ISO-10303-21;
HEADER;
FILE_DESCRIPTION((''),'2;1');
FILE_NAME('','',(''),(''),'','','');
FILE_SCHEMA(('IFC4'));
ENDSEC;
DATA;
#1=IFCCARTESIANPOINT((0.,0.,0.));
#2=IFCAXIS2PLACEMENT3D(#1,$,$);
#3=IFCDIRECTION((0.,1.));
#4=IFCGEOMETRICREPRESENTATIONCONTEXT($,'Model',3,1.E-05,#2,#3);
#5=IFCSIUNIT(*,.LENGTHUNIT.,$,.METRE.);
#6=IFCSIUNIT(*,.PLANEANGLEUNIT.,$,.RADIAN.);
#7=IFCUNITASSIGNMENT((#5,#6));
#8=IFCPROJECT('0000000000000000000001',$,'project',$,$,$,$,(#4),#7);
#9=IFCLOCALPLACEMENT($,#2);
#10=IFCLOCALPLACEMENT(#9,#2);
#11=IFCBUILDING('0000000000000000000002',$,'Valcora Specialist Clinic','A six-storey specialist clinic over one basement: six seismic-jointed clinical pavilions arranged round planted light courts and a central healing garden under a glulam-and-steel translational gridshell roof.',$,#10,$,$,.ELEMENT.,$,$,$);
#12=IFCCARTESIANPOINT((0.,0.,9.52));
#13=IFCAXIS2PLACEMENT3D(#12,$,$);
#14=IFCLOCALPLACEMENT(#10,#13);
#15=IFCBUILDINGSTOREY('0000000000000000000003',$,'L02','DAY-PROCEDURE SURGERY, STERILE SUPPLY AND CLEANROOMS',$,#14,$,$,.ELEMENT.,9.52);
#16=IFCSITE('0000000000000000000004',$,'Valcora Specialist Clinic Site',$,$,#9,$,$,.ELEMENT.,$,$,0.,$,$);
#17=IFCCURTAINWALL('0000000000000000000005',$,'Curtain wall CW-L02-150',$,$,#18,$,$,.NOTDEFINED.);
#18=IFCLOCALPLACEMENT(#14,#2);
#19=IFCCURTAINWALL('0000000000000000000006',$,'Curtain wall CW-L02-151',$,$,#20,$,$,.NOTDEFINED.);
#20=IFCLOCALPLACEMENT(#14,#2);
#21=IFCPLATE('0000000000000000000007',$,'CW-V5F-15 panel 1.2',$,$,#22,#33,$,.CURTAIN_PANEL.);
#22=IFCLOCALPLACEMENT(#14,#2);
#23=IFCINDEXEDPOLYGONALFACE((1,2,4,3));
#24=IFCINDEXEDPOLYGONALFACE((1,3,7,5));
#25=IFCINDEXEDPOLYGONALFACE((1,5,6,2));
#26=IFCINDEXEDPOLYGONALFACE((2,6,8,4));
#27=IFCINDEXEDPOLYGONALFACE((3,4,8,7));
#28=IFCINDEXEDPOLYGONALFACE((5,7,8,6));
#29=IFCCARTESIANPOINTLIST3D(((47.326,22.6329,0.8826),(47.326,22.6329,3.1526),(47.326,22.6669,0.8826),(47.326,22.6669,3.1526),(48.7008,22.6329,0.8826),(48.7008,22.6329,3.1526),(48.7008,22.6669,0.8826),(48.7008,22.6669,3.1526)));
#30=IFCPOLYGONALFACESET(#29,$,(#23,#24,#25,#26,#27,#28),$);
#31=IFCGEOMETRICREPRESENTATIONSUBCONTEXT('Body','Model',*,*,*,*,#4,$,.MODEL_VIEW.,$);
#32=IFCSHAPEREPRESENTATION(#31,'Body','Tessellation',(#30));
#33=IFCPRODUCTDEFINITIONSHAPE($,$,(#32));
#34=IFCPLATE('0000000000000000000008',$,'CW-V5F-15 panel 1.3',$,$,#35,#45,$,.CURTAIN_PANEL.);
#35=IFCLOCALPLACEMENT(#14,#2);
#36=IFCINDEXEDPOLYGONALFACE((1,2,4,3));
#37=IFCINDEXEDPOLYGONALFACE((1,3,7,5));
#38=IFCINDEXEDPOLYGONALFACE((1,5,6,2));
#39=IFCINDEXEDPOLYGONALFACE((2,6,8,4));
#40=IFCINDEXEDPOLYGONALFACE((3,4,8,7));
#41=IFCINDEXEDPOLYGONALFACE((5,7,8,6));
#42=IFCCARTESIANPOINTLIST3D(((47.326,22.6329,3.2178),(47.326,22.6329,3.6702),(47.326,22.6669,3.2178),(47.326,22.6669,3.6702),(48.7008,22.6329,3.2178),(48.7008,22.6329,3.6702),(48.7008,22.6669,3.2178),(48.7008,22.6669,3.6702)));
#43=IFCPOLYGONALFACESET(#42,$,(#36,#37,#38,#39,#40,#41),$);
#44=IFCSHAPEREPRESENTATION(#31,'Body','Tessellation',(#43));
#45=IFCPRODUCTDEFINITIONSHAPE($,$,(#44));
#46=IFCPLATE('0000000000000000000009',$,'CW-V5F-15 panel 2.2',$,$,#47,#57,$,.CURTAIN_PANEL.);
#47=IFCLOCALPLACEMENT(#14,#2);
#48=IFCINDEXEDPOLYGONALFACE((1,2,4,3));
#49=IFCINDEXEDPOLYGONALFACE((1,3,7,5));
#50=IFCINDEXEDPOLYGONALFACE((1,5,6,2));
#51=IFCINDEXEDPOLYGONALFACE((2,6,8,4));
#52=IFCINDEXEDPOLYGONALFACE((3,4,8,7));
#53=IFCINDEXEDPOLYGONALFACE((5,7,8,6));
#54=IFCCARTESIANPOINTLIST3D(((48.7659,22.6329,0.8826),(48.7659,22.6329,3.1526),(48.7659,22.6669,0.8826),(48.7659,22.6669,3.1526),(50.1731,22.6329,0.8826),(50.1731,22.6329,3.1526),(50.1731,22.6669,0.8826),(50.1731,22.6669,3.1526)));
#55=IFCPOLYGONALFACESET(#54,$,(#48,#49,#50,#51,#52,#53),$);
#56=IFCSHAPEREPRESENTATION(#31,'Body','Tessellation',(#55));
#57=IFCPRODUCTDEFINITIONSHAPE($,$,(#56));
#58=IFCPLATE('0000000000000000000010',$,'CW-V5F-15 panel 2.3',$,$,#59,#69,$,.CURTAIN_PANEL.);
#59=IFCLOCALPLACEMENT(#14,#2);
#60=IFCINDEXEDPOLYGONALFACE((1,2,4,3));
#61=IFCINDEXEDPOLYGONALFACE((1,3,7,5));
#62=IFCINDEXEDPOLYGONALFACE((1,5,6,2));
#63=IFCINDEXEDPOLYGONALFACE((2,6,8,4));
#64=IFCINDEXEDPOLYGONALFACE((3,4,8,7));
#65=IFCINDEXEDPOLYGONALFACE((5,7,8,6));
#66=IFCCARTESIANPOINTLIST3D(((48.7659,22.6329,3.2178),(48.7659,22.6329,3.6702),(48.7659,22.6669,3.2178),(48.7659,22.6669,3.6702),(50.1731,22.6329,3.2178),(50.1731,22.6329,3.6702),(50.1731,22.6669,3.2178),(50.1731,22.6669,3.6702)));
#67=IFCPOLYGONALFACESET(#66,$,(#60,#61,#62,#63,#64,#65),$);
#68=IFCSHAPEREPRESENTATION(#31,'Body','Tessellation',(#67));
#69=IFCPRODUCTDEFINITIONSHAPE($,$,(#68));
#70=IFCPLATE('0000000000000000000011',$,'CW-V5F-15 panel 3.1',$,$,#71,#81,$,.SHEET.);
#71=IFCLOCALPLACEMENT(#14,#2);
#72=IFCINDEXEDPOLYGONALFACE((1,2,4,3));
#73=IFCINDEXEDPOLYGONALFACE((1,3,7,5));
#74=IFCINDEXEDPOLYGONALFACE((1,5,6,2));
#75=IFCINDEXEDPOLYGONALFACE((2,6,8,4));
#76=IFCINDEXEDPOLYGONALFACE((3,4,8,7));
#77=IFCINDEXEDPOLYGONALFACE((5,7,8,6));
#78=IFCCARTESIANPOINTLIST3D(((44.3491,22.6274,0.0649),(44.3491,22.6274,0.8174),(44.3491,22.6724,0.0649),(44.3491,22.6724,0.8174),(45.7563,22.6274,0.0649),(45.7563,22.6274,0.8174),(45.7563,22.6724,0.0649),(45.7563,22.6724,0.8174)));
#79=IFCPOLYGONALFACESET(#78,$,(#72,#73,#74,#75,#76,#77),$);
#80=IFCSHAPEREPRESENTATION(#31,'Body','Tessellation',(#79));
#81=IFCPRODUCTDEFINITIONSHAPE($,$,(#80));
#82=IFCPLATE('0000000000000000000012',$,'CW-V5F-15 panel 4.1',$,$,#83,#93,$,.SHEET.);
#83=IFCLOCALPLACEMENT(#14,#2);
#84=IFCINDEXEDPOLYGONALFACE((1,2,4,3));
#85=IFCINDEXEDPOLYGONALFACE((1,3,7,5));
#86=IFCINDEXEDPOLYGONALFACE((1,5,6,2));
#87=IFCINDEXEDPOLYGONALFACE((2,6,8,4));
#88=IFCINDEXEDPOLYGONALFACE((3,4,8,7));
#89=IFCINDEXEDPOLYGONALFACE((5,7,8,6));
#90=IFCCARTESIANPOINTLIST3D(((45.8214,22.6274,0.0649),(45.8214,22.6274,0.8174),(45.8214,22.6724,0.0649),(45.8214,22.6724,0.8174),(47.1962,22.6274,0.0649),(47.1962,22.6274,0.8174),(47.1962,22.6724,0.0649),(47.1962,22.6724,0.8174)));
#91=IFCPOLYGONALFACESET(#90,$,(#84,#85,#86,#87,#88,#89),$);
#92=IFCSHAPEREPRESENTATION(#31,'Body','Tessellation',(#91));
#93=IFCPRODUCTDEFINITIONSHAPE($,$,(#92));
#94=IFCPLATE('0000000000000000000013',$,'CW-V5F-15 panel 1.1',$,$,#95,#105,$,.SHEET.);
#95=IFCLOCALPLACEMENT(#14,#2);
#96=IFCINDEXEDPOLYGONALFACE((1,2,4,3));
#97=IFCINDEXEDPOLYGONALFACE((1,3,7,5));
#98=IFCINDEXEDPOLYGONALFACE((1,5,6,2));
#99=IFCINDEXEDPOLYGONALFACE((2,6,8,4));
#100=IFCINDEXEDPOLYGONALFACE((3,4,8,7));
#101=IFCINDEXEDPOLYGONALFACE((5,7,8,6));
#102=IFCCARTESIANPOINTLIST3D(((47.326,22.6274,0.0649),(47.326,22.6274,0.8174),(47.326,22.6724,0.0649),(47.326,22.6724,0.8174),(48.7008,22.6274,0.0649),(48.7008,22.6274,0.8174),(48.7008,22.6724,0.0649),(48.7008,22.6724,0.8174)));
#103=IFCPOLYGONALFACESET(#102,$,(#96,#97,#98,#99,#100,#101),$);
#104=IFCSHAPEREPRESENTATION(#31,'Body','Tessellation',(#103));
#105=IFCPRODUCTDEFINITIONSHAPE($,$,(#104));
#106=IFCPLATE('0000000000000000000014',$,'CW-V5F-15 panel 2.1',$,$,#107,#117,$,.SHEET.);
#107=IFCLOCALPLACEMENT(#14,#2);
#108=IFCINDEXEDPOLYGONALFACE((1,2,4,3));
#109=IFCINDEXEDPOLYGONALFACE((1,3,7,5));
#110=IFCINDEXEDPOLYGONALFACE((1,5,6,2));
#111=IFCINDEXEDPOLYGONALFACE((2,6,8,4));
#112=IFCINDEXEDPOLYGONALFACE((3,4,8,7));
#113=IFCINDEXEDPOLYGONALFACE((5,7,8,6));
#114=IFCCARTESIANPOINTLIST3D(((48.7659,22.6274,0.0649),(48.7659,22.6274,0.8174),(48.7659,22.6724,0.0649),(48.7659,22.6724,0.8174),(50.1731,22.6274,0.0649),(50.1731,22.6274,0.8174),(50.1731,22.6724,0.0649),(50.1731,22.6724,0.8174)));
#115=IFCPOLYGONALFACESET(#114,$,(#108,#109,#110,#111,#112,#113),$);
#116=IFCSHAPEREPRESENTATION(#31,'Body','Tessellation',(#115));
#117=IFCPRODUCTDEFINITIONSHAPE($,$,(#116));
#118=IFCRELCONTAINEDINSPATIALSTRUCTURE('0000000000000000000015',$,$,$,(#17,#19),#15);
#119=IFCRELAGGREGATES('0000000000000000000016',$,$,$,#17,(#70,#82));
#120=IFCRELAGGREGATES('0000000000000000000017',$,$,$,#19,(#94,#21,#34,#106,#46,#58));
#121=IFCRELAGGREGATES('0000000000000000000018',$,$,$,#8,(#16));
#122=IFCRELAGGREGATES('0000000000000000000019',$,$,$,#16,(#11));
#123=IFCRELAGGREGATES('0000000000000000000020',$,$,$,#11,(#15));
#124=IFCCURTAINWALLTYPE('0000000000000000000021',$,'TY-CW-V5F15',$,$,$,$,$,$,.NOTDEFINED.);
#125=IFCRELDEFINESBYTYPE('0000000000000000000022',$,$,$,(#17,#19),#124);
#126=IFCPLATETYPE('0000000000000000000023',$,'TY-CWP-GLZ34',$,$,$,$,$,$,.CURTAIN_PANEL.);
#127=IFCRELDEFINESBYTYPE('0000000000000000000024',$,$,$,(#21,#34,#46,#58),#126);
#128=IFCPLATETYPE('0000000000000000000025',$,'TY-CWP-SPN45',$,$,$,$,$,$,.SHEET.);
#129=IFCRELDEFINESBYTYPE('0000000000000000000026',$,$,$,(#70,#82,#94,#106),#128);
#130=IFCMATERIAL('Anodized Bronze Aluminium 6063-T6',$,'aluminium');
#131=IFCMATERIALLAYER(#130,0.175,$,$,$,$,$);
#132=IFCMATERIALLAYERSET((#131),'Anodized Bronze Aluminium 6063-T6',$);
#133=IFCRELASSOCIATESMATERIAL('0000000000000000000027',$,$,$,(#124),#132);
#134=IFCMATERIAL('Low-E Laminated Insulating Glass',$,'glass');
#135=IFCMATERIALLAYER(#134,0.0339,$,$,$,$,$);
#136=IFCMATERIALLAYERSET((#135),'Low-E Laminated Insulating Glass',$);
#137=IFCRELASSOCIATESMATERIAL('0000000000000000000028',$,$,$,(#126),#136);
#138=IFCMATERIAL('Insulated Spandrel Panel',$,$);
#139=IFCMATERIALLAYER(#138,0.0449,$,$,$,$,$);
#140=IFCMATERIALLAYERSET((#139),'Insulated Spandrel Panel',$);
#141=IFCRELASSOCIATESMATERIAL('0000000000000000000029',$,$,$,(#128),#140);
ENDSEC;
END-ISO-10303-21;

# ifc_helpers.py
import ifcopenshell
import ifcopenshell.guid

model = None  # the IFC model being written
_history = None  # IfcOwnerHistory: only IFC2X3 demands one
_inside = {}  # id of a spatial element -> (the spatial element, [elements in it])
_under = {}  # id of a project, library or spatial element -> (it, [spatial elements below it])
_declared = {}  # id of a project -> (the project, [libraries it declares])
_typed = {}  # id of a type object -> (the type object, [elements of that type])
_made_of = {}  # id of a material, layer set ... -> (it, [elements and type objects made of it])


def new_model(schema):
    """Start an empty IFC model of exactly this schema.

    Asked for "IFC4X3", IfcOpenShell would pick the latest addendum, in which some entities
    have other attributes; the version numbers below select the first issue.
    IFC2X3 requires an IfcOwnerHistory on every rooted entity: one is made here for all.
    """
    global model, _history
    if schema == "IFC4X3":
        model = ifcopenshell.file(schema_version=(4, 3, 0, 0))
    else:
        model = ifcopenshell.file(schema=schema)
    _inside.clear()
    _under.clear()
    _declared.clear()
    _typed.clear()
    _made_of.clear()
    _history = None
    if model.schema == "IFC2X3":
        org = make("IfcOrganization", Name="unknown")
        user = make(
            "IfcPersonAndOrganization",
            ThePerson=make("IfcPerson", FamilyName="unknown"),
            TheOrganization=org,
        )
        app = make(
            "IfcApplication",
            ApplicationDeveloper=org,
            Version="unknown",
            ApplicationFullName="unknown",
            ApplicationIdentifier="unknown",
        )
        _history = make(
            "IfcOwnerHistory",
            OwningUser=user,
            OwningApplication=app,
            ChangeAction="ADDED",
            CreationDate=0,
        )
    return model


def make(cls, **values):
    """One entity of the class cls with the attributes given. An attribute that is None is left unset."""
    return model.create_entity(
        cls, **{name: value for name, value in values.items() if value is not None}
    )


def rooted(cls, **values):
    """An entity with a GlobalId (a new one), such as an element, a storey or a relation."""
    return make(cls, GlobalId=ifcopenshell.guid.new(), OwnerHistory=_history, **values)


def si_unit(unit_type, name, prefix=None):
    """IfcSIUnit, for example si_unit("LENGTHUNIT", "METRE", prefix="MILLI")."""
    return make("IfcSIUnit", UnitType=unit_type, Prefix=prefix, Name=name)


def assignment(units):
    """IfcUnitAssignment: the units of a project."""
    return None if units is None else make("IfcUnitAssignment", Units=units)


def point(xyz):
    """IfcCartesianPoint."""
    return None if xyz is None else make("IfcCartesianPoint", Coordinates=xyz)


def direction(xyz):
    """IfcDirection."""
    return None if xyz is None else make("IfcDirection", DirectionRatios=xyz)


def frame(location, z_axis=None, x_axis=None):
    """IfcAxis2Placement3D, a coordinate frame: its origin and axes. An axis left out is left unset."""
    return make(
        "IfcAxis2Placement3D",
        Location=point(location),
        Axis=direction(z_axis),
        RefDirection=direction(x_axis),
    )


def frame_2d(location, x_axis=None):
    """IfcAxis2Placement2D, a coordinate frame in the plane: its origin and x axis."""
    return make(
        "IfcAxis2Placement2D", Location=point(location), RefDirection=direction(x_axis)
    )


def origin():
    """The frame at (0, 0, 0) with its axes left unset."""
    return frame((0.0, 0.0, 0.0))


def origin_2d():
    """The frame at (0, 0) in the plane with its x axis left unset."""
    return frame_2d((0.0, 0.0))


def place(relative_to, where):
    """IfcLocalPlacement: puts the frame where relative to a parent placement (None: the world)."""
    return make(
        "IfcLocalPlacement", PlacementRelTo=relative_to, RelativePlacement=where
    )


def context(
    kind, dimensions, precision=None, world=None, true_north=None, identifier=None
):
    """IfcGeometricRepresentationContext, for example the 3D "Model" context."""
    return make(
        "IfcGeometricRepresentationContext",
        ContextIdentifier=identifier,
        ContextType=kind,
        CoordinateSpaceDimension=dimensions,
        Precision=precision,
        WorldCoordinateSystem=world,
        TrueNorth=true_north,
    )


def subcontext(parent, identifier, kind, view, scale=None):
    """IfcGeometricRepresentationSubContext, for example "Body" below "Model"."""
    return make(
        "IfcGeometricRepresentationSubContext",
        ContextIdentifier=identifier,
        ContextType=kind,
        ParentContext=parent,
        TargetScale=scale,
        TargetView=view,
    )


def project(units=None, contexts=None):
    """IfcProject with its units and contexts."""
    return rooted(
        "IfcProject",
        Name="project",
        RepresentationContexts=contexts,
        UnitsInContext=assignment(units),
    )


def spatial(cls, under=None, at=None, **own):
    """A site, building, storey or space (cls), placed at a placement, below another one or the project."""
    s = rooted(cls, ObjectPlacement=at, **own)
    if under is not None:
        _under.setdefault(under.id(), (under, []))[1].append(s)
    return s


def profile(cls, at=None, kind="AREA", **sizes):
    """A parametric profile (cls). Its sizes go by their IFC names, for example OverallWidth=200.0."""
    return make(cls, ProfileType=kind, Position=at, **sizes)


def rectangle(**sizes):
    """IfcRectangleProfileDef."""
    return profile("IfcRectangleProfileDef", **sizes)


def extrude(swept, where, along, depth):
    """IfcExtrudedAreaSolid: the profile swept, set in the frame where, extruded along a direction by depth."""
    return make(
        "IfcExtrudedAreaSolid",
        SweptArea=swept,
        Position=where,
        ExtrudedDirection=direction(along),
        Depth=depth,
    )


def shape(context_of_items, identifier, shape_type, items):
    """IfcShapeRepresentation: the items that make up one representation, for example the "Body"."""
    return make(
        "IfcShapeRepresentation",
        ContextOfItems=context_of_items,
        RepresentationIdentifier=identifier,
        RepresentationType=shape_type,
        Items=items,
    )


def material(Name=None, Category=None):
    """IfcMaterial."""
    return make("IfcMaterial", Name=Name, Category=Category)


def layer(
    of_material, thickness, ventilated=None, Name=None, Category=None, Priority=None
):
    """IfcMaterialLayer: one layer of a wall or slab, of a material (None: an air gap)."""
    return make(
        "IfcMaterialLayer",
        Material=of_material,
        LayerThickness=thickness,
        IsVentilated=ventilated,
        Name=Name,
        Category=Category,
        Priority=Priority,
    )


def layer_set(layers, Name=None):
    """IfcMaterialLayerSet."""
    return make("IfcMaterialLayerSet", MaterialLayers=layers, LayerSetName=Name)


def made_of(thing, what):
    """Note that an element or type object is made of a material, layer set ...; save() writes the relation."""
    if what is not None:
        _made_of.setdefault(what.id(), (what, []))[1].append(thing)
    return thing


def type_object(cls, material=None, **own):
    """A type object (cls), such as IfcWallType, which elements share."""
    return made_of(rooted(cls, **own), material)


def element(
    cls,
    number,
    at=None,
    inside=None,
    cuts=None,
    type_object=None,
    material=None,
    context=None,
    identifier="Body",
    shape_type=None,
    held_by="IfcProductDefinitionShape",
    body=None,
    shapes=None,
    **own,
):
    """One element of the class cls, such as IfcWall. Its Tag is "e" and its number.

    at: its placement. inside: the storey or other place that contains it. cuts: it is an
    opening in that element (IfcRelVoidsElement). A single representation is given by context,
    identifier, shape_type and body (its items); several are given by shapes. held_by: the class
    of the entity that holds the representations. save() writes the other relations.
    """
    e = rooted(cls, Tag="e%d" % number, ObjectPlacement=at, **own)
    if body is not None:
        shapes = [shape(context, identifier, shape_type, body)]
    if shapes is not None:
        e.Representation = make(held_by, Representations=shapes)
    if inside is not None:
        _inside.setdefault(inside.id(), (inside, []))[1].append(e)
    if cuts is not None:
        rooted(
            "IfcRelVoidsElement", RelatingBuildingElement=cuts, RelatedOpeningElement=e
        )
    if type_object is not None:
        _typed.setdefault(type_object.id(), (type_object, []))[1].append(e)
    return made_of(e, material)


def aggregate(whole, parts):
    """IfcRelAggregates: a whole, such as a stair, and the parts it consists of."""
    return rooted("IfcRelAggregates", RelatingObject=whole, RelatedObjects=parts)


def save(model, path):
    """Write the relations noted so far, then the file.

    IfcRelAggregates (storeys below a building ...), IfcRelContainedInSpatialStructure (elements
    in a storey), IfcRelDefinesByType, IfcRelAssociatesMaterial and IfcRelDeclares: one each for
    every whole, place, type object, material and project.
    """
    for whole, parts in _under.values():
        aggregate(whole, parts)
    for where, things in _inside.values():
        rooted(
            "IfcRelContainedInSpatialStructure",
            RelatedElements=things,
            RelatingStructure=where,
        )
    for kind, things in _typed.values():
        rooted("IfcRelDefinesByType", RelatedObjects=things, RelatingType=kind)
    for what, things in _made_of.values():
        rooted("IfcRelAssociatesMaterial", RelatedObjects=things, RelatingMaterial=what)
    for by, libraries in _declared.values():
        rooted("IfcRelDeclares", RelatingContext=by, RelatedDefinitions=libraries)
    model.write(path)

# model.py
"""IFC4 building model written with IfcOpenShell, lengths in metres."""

from ifc_helpers import new_model, si_unit, direction, frame, origin, origin_2d, place, context, subcontext, project, spatial, rectangle, extrude, material, layer, layer_set, type_object, element, aggregate, save


model = new_model("IFC4")

# Units and contexts
model_context = context("Model", 3, precision=1e-05, world=origin(), true_north=direction((0.0, 1.0)))
body_context = subcontext(model_context, "Body", "Model", "MODEL_VIEW")
ifc_project = project(units=[si_unit("LENGTHUNIT", "METRE"), si_unit("PLANEANGLEUNIT", "RADIAN")], contexts=[model_context])

# Site, building, storey
site_placement = place(None, origin())
site = spatial("IfcSite", under=ifc_project, at=site_placement, Name="Valcora Specialist Clinic Site", CompositionType="ELEMENT", RefElevation=0.0)
building_placement = place(site_placement, origin())
building = spatial("IfcBuilding", under=site, at=building_placement, Name="Valcora Specialist Clinic", Description="A six-storey specialist clinic over one basement: six seismic-jointed clinical pavilions arranged round planted light courts and a central healing garden under a glulam-and-steel translational gridshell roof.", CompositionType="ELEMENT")
storey_placement = place(building_placement, frame((0.0, 0.0, 9.52)))
storey = spatial("IfcBuildingStorey", under=building, at=storey_placement, Name="L02", Description="DAY-PROCEDURE SURGERY, STERILE SUPPLY AND CLEANROOMS", CompositionType="ELEMENT", Elevation=9.52)

# Curtain walls
ifc_material_1 = material(Name="Anodized Bronze Aluminium 6063-T6", Category="aluminium")
ifc_layer_1 = layer(ifc_material_1, 0.175)
ifc_layer_set_1 = layer_set([ifc_layer_1], Name="Anodized Bronze Aluminium 6063-T6")
curtain_wall_type = type_object("IfcCurtainWallType", Name="TY-CW-V5F15", PredefinedType="NOTDEFINED", material=ifc_layer_set_1)
curtain_wall_1_placement = place(storey_placement, origin())
curtain_wall_1 = element("IfcCurtainWall", 1, at=curtain_wall_1_placement, inside=storey, type_object=curtain_wall_type, Name="Curtain wall CW-L02-150", PredefinedType="NOTDEFINED")
curtain_wall_2_placement = place(storey_placement, origin())
curtain_wall_2 = element("IfcCurtainWall", 2, at=curtain_wall_2_placement, inside=storey, type_object=curtain_wall_type, Name="Curtain wall CW-L02-151", PredefinedType="NOTDEFINED")

# Plates
ifc_material_2 = material(Name="Low-E Laminated Insulating Glass", Category="glass")
ifc_layer_2 = layer(ifc_material_2, 0.0339)
ifc_layer_set_2 = layer_set([ifc_layer_2], Name="Low-E Laminated Insulating Glass")
plate_type_1 = type_object("IfcPlateType", Name="TY-CWP-GLZ34", PredefinedType="CURTAIN_PANEL", material=ifc_layer_set_2)
plate_1_placement = place(storey_placement, frame((48.0134, 22.6499, 0.8826), z_axis=(0.0, 0.0, 1.0), x_axis=(1.0, 0.0, 0.0)))
plate_1 = element("IfcPlate", 3, at=plate_1_placement, type_object=plate_type_1, Name="CW-V5F-15 panel 1.2", PredefinedType="CURTAIN_PANEL", context=body_context, shape_type="SweptSolid", body=[
    extrude(rectangle(XDim=1.3748, YDim=0.0339, at=origin_2d()), origin(), (0.0, 0.0, 1.0), 2.27),
])
plate_2_placement = place(storey_placement, frame((48.0134, 22.6499, 3.2178), z_axis=(0.0, 0.0, 1.0), x_axis=(1.0, 0.0, 0.0)))
plate_2 = element("IfcPlate", 4, at=plate_2_placement, type_object=plate_type_1, Name="CW-V5F-15 panel 1.3", PredefinedType="CURTAIN_PANEL", context=body_context, shape_type="SweptSolid", body=[
    extrude(rectangle(XDim=1.3748, YDim=0.0339, at=origin_2d()), origin(), (0.0, 0.0, 1.0), 0.4524),
])
plate_3_placement = place(storey_placement, frame((49.4695, 22.6499, 0.8826), z_axis=(0.0, 0.0, 1.0), x_axis=(1.0, 0.0, 0.0)))
plate_3 = element("IfcPlate", 5, at=plate_3_placement, type_object=plate_type_1, Name="CW-V5F-15 panel 2.2", PredefinedType="CURTAIN_PANEL", context=body_context, shape_type="SweptSolid", body=[
    extrude(rectangle(XDim=1.4072, YDim=0.0339, at=origin_2d()), origin(), (0.0, 0.0, 1.0), 2.27),
])
plate_4_placement = place(storey_placement, frame((49.4695, 22.6499, 3.2178), z_axis=(0.0, 0.0, 1.0), x_axis=(1.0, 0.0, 0.0)))
plate_4 = element("IfcPlate", 6, at=plate_4_placement, type_object=plate_type_1, Name="CW-V5F-15 panel 2.3", PredefinedType="CURTAIN_PANEL", context=body_context, shape_type="SweptSolid", body=[
    extrude(rectangle(XDim=1.4072, YDim=0.0339, at=origin_2d()), origin(), (0.0, 0.0, 1.0), 0.4524),
])
ifc_material_3 = material(Name="Insulated Spandrel Panel")
ifc_layer_3 = layer(ifc_material_3, 0.0449)
ifc_layer_set_3 = layer_set([ifc_layer_3], Name="Insulated Spandrel Panel")
plate_type_2 = type_object("IfcPlateType", Name="TY-CWP-SPN45", PredefinedType="SHEET", material=ifc_layer_set_3)
plate_5_placement = place(storey_placement, frame((45.0527, 22.6499, 0.0649), z_axis=(0.0, 0.0, 1.0), x_axis=(1.0, 0.0, 0.0)))
plate_5 = element("IfcPlate", 7, at=plate_5_placement, type_object=plate_type_2, Name="CW-V5F-15 panel 3.1", PredefinedType="SHEET", context=body_context, shape_type="SweptSolid", body=[
    extrude(rectangle(XDim=1.4072, YDim=0.0449, at=origin_2d()), origin(), (0.0, 0.0, 1.0), 0.7524),
])
plate_6_placement = place(storey_placement, frame((46.5088, 22.6499, 0.0649), z_axis=(0.0, 0.0, 1.0), x_axis=(1.0, 0.0, 0.0)))
plate_6 = element("IfcPlate", 8, at=plate_6_placement, type_object=plate_type_2, Name="CW-V5F-15 panel 4.1", PredefinedType="SHEET", context=body_context, shape_type="SweptSolid", body=[
    extrude(rectangle(XDim=1.3748, YDim=0.0449, at=origin_2d()), origin(), (0.0, 0.0, 1.0), 0.7524),
])
aggregate(curtain_wall_1, [plate_5, plate_6])
plate_7_placement = place(storey_placement, frame((48.0134, 22.6499, 0.0649), z_axis=(0.0, 0.0, 1.0), x_axis=(1.0, 0.0, 0.0)))
plate_7 = element("IfcPlate", 9, at=plate_7_placement, type_object=plate_type_2, Name="CW-V5F-15 panel 1.1", PredefinedType="SHEET", context=body_context, shape_type="SweptSolid", body=[
    extrude(rectangle(XDim=1.3748, YDim=0.0449, at=origin_2d()), origin(), (0.0, 0.0, 1.0), 0.7524),
])
plate_8_placement = place(storey_placement, frame((49.4695, 22.6499, 0.0649), z_axis=(0.0, 0.0, 1.0), x_axis=(1.0, 0.0, 0.0)))
plate_8 = element("IfcPlate", 10, at=plate_8_placement, type_object=plate_type_2, Name="CW-V5F-15 panel 2.1", PredefinedType="SHEET", context=body_context, shape_type="SweptSolid", body=[
    extrude(rectangle(XDim=1.4072, YDim=0.0449, at=origin_2d()), origin(), (0.0, 0.0, 1.0), 0.7524),
])
aggregate(curtain_wall_2, [plate_7, plate_1, plate_2, plate_8, plate_3, plate_4])

save(model, "model.ifc")
